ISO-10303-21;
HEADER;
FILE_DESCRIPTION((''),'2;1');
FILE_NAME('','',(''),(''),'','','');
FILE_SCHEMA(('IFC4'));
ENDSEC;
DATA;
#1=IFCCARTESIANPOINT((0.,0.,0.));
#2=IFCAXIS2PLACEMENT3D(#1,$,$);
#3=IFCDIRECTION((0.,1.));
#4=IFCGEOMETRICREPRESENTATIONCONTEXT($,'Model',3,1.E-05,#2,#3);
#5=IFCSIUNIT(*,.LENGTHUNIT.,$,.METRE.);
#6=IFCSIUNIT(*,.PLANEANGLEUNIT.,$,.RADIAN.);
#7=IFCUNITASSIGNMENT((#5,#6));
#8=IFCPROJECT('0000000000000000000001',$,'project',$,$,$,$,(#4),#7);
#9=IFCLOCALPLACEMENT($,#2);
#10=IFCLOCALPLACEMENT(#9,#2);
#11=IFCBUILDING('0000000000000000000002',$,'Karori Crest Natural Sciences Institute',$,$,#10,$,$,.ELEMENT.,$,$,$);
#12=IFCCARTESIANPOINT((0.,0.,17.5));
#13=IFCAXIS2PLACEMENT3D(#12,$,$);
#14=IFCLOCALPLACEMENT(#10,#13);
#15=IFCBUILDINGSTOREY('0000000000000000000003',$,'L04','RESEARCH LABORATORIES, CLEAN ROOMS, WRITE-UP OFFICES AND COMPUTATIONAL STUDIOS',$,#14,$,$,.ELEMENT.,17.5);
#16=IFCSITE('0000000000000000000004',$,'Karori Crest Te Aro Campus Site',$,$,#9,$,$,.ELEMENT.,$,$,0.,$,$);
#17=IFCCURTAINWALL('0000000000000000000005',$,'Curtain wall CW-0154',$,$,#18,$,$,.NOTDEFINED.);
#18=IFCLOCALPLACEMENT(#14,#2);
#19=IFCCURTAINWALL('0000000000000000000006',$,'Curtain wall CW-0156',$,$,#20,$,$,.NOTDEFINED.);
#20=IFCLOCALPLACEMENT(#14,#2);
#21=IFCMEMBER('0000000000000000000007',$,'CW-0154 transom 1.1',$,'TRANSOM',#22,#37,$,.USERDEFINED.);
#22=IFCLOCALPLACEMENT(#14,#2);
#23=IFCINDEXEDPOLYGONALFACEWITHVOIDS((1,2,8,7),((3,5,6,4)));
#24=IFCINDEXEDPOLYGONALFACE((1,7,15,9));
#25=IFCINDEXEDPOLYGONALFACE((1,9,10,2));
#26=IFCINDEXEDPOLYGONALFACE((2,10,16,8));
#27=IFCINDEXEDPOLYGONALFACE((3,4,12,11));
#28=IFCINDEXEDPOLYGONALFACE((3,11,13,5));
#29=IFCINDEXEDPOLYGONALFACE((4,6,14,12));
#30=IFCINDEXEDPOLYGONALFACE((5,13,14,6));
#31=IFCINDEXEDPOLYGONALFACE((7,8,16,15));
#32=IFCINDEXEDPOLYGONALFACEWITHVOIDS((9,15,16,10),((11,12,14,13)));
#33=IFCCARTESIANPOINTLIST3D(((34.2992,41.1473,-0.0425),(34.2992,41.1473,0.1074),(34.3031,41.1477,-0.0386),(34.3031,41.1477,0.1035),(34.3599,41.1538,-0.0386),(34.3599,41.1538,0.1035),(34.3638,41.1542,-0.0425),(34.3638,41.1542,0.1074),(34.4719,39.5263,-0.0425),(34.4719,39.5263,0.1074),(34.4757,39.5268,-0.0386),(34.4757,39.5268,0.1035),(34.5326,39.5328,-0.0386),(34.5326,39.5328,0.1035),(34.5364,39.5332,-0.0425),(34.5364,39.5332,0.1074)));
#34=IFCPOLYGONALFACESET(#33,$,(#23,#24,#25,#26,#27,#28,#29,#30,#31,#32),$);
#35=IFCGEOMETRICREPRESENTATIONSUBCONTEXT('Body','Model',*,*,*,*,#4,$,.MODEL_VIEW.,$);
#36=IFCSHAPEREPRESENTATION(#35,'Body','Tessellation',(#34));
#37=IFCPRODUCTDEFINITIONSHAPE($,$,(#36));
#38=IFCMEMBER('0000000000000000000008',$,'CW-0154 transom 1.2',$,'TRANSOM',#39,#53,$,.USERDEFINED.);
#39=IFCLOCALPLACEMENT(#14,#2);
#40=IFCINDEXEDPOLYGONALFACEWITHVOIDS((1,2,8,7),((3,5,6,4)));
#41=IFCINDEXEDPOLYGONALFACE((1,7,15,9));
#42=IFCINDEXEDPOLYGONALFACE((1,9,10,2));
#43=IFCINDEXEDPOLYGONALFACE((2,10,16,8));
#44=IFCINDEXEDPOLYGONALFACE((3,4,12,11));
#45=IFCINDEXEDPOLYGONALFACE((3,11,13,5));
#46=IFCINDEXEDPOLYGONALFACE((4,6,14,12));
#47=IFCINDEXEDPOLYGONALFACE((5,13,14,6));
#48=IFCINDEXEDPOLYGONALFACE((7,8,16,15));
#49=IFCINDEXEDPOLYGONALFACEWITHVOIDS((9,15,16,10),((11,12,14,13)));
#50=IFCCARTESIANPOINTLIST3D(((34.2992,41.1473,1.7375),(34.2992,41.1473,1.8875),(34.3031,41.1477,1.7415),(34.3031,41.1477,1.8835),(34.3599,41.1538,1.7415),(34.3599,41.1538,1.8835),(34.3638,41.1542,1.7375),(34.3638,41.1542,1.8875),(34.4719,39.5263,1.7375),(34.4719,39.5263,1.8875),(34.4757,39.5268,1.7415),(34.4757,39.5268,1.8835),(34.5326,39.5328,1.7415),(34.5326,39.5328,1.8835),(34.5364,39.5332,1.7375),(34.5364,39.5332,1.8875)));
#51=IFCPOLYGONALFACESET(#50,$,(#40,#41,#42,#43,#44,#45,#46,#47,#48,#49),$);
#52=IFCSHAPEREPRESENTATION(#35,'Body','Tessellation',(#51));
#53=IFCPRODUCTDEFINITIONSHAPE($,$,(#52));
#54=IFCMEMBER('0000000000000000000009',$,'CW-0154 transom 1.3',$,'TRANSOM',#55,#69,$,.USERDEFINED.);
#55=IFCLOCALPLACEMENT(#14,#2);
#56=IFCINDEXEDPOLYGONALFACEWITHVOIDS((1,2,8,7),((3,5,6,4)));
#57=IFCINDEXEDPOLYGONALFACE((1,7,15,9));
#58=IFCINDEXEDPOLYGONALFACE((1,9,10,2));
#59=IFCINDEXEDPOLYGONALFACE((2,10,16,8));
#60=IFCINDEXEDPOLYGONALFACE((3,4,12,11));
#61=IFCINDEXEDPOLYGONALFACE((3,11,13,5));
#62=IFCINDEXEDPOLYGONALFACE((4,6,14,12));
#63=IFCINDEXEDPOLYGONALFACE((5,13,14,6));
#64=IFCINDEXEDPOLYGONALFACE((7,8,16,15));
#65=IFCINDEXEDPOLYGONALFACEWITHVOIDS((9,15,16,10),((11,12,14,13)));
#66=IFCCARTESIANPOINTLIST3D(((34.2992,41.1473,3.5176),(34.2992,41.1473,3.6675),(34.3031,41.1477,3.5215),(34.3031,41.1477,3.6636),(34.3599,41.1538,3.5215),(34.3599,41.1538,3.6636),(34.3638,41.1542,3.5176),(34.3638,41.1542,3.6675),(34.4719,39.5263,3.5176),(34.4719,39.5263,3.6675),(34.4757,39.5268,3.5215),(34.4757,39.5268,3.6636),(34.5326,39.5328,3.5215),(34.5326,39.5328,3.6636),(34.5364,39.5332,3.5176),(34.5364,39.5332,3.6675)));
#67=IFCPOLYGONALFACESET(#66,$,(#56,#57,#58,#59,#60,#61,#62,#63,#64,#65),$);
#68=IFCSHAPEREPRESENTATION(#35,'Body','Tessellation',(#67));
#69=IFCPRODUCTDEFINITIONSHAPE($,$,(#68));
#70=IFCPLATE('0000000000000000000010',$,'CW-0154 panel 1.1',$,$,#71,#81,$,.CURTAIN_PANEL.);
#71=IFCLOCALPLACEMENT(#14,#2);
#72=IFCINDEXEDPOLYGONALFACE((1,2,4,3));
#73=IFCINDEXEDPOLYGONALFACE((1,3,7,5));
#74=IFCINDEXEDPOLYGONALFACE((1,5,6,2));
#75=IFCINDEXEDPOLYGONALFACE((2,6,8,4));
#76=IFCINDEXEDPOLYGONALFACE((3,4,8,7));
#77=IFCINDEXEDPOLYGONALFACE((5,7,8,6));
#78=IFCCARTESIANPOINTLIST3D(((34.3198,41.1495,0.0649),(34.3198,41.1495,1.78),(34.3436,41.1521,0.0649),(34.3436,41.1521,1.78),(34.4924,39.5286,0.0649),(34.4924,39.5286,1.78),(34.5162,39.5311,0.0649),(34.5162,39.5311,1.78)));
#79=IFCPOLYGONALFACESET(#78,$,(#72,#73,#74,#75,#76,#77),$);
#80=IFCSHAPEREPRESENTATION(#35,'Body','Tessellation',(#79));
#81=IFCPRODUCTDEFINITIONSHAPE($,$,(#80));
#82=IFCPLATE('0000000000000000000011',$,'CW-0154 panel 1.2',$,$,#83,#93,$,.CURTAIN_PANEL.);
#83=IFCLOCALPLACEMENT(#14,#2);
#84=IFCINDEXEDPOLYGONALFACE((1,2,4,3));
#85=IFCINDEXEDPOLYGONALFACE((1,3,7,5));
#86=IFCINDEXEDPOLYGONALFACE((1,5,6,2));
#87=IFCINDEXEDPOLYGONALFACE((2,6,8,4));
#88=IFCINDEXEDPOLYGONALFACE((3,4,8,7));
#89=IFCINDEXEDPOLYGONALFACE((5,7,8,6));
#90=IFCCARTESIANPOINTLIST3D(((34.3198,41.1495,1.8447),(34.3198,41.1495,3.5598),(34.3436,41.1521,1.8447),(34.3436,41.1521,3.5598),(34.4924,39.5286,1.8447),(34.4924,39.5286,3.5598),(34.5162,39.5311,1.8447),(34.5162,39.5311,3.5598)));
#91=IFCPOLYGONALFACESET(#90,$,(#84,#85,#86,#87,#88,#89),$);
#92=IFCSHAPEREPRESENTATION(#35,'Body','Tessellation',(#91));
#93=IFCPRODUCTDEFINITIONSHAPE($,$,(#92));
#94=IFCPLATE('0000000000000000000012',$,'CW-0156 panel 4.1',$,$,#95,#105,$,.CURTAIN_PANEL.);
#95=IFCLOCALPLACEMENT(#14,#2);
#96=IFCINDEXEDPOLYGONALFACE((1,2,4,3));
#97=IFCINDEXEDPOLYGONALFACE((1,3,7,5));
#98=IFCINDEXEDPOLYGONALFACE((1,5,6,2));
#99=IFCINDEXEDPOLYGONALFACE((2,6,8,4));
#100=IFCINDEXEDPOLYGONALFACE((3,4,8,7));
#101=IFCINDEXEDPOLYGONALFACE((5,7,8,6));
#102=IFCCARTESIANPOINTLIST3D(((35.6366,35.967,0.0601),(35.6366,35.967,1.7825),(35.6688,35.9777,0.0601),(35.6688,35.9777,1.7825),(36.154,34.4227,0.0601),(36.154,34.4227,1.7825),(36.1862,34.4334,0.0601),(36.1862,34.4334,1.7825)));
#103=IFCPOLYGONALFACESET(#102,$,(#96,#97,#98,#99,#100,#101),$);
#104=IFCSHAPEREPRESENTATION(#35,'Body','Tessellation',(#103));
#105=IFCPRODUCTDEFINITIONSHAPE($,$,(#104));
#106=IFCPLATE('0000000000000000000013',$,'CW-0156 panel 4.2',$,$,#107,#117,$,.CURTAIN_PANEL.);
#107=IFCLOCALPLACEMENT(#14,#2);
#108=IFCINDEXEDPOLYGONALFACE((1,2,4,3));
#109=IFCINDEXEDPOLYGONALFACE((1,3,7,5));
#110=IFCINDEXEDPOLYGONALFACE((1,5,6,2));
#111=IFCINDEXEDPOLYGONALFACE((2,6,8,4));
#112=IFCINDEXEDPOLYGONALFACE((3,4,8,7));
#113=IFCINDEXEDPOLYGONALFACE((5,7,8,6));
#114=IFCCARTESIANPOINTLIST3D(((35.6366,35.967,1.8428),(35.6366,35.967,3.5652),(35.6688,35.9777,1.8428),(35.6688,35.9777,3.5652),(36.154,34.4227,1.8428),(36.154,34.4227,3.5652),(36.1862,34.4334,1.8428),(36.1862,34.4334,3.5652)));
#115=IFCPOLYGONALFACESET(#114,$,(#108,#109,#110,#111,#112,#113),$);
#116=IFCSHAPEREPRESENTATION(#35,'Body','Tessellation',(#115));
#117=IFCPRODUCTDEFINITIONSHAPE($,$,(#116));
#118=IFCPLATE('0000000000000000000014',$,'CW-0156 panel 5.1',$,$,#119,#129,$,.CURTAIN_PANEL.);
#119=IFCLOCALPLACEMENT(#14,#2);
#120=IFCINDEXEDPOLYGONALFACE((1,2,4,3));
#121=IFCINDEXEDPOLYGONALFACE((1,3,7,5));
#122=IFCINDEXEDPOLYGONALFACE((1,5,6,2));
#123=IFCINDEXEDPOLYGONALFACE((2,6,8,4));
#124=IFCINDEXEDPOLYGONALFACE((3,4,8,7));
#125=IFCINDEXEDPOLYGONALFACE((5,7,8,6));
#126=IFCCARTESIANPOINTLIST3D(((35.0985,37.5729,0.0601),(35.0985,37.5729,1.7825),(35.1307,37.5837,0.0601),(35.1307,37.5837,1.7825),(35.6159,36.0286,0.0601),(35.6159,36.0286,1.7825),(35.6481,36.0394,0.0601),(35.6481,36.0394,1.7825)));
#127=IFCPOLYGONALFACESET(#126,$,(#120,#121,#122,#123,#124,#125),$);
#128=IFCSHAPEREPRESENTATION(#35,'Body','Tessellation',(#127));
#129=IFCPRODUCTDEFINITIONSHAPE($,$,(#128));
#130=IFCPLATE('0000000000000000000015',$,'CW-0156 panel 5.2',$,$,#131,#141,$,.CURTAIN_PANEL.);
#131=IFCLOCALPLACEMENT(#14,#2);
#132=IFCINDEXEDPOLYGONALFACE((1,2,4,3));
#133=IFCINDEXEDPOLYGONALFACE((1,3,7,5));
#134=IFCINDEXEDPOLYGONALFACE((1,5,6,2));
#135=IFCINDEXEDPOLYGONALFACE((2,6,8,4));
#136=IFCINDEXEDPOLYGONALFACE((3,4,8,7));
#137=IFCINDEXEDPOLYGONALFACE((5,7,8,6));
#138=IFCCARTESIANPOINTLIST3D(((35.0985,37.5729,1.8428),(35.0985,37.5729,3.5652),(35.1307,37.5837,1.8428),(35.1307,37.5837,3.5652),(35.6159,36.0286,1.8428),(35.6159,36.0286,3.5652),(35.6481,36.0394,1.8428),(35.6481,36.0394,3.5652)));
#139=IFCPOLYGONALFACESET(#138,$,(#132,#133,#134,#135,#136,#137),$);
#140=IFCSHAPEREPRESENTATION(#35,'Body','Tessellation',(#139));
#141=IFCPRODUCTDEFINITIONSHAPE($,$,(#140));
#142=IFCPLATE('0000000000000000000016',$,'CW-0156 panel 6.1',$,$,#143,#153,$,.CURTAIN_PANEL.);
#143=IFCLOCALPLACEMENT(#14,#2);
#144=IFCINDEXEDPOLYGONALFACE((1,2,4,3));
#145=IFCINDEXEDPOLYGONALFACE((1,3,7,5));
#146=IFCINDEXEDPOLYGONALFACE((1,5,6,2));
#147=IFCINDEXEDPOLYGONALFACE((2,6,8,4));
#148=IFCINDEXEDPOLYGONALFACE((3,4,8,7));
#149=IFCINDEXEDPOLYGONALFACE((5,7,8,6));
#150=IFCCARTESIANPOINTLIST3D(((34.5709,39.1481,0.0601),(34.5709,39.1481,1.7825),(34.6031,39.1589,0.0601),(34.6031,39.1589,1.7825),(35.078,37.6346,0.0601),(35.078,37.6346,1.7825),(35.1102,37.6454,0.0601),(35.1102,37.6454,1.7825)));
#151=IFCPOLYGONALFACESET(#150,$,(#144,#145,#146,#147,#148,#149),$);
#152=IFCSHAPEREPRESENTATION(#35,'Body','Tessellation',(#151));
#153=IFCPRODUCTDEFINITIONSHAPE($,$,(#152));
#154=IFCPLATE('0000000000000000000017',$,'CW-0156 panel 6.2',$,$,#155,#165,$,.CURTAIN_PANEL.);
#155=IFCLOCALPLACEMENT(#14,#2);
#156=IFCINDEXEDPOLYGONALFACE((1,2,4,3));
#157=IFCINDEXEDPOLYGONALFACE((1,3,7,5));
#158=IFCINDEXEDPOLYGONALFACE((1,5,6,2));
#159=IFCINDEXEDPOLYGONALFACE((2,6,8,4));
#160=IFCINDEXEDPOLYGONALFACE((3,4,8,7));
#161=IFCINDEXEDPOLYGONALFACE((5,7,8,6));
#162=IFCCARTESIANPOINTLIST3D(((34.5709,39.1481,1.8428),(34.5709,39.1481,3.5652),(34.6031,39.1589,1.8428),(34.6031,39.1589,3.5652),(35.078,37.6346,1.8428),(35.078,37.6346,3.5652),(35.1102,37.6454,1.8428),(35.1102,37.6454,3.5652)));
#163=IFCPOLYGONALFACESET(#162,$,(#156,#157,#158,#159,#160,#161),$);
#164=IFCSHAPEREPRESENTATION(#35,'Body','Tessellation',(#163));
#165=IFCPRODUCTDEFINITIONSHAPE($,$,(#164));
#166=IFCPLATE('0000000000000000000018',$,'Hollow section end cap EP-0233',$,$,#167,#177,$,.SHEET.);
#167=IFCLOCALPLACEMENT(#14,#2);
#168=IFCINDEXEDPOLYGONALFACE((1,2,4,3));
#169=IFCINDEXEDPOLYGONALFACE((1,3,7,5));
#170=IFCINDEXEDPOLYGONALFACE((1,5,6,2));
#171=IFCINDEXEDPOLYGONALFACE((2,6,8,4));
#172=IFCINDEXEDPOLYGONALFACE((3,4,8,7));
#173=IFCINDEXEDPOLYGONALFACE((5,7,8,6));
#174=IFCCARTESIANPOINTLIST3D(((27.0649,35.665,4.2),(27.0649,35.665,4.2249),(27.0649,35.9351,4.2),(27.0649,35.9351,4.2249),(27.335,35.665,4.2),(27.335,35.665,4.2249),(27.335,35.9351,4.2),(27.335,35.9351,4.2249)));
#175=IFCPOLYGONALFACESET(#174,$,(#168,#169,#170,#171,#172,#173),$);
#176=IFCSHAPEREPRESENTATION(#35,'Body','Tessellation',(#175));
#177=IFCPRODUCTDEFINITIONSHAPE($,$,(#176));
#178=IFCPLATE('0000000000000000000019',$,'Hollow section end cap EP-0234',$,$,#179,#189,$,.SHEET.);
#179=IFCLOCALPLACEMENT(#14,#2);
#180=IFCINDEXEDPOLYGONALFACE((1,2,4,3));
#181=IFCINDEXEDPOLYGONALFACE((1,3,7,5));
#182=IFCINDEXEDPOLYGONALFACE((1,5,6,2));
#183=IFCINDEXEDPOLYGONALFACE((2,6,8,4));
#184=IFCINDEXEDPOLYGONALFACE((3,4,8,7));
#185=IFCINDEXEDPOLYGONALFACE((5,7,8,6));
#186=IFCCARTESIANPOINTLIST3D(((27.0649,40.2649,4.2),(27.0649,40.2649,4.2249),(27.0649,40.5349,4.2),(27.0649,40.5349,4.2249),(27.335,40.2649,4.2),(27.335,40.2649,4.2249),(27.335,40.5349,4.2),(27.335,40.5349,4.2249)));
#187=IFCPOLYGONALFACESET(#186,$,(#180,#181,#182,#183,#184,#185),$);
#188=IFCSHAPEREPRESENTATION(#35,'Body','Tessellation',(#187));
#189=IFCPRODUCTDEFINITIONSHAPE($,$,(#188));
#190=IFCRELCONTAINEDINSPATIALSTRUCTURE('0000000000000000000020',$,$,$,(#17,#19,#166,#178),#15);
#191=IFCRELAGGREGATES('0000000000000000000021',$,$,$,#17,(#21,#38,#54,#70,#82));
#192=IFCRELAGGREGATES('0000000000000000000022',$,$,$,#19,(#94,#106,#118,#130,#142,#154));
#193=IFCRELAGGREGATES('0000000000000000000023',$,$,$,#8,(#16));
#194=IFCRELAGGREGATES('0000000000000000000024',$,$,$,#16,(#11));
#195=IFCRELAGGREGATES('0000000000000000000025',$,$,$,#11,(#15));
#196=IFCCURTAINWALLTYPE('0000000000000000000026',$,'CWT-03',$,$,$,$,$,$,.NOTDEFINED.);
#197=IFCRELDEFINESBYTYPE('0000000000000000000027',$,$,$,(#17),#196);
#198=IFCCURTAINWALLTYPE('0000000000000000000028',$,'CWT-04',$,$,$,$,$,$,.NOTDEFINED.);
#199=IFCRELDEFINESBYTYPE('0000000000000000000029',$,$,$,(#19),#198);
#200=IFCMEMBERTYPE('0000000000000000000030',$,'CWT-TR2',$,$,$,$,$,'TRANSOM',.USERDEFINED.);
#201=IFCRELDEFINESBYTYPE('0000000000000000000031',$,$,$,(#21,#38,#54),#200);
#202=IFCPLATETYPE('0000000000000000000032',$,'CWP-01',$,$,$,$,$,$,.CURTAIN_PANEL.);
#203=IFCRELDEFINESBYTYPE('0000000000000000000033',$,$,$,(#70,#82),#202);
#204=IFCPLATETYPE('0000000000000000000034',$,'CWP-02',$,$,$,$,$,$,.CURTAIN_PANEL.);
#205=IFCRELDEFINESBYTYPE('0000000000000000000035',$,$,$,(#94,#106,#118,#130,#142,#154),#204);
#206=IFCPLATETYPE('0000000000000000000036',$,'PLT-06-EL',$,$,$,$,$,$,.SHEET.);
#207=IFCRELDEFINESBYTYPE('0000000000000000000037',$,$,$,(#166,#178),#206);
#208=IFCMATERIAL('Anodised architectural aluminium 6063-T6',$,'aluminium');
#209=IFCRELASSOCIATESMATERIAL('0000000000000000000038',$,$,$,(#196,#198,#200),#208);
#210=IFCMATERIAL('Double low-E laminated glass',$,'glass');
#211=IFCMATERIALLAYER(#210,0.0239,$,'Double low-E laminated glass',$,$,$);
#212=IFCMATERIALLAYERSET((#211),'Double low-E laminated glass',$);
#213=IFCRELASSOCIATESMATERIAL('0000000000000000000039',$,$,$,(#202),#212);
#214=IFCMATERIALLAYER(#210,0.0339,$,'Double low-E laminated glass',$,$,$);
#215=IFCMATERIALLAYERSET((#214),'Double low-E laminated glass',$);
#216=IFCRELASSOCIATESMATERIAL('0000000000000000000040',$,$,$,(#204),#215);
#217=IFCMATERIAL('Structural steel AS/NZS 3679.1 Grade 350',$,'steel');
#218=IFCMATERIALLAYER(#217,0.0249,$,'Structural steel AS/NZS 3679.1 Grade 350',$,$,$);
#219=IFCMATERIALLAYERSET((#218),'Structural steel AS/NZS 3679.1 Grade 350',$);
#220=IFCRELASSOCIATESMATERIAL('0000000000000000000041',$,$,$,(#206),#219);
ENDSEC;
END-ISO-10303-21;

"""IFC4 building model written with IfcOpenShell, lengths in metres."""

from ifc_helpers import new_model, si_unit, direction, frame, origin, origin_2d, place, context, subcontext, project, spatial, rectangle, hollow_rectangle, extrude, material, layer, layer_set, material_profile, profile_set, type_object, element, aggregate, save


model = new_model("IFC4")

# Units and contexts
model_context = context("Model", 3, precision=1e-05, world=origin(), true_north=direction((0.0, 1.0)))
body_context = subcontext(model_context, "Body", "Model", "MODEL_VIEW")
ifc_project = project(units=[si_unit("LENGTHUNIT", "METRE"), si_unit("PLANEANGLEUNIT", "RADIAN")], contexts=[model_context])

# Site, building, storey
site_placement = place(None, origin())
site = spatial("IfcSite", under=ifc_project, at=site_placement, Name="Karori Crest Te Aro Campus Site", CompositionType="ELEMENT", RefElevation=0.0)
building_placement = place(site_placement, origin())
building = spatial("IfcBuilding", under=site, at=building_placement, Name="Karori Crest Natural Sciences Institute", CompositionType="ELEMENT")
storey_placement = place(building_placement, frame((0.0, 0.0, 17.5)))
storey = spatial("IfcBuildingStorey", under=building, at=storey_placement, Name="L04", Description="RESEARCH LABORATORIES, CLEAN ROOMS, WRITE-UP OFFICES AND COMPUTATIONAL STUDIOS", CompositionType="ELEMENT", Elevation=17.5)

# Shared definitions
ifc_material_1 = material(Name="Structural steel AS/NZS 3679.1 Grade 350", Category="steel")

# Curtain wall
ifc_material_2 = material(Name="Anodised architectural aluminium 6063-T6", Category="aluminium")
curtain_wall_type_1 = type_object("IfcCurtainWallType", Name="CWT-03", PredefinedType="NOTDEFINED", material=ifc_material_2)
curtain_wall_1_placement = place(storey_placement, origin())
curtain_wall_1 = element("IfcCurtainWall", 1, at=curtain_wall_1_placement, inside=storey, type_object=curtain_wall_type_1, Name="Curtain wall CW-0154", PredefinedType="NOTDEFINED")

# Curtain wall
curtain_wall_type_2 = type_object("IfcCurtainWallType", Name="CWT-04", PredefinedType="NOTDEFINED", material=ifc_material_2)
curtain_wall_2_placement = place(storey_placement, origin())
curtain_wall_2 = element("IfcCurtainWall", 2, at=curtain_wall_2_placement, inside=storey, type_object=curtain_wall_type_2, Name="Curtain wall CW-0156", PredefinedType="NOTDEFINED")

# Members
ifc_material_profile_1 = material_profile(ifc_material_2, hollow_rectangle(XDim=0.0649, YDim=0.1499, WallThickness=0.0039, at=origin_2d()), Name="CWT150x65x4")
ifc_profile_set_1 = profile_set([ifc_material_profile_1], Name="Anodised architectural aluminium 6063-T6")
member_type_1 = type_object("IfcMemberType", Name="CWT-TR2", ElementType="TRANSOM", PredefinedType="USERDEFINED", material=ifc_profile_set_1)
member_1_placement = place(storey_placement, frame((34.5042, 39.5298, 0.0325), z_axis=(-0.105893, 0.994378, 0.0), x_axis=(-0.994378, -0.105893, 0.0)))
member_1 = element("IfcMember", 3, at=member_1_placement, type_object=member_type_1, Name="CW-0154 transom 1.1", ObjectType="TRANSOM", PredefinedType="USERDEFINED", context=body_context, shape_type="SweptSolid", body=[
    extrude(hollow_rectangle(XDim=0.0649, YDim=0.1499, WallThickness=0.0039, at=origin_2d()), origin(), (0.0, 0.0, 1.0), 1.6301),
])
member_2_placement = place(storey_placement, frame((34.5042, 39.5298, 1.8125), z_axis=(-0.105893, 0.994378, 0.0), x_axis=(-0.994378, -0.105893, 0.0)))
member_2 = element("IfcMember", 4, at=member_2_placement, type_object=member_type_1, Name="CW-0154 transom 1.2", ObjectType="TRANSOM", PredefinedType="USERDEFINED", context=body_context, shape_type="SweptSolid", body=[
    extrude(hollow_rectangle(XDim=0.0649, YDim=0.1499, WallThickness=0.0039, at=origin_2d()), origin(), (0.0, 0.0, 1.0), 1.6301),
])
member_3_placement = place(storey_placement, frame((34.5042, 39.5298, 3.5925), z_axis=(-0.105893, 0.994378, 0.0), x_axis=(-0.994378, -0.105893, 0.0)))
member_3 = element("IfcMember", 5, at=member_3_placement, type_object=member_type_1, Name="CW-0154 transom 1.3", ObjectType="TRANSOM", PredefinedType="USERDEFINED", context=body_context, shape_type="SweptSolid", body=[
    extrude(hollow_rectangle(XDim=0.0649, YDim=0.1499, WallThickness=0.0039, at=origin_2d()), origin(), (0.0, 0.0, 1.0), 1.6301),
])

# Plates
ifc_material_3 = material(Name="Double low-E laminated glass", Category="glass")
ifc_layer_1 = layer(ifc_material_3, 0.0239, Name="Double low-E laminated glass")
ifc_layer_set_1 = layer_set([ifc_layer_1], Name="Double low-E laminated glass")
plate_type_1 = type_object("IfcPlateType", Name="CWP-01", PredefinedType="CURTAIN_PANEL", material=ifc_layer_set_1)
plate_1_placement = place(storey_placement, frame((34.418, 40.3403, 0.0649), z_axis=(0.0, 0.0, 1.0), x_axis=(-0.105884, 0.994378, 0.0)))
plate_1 = element("IfcPlate", 6, at=plate_1_placement, type_object=plate_type_1, Name="CW-0154 panel 1.1", PredefinedType="CURTAIN_PANEL", context=body_context, shape_type="SweptSolid", body=[
    extrude(rectangle(XDim=1.6301, YDim=0.0239, at=origin_2d()), origin(), (0.0, 0.0, 1.0), 1.7151),
])
plate_2_placement = place(storey_placement, frame((34.418, 40.3403, 1.8447), z_axis=(0.0, 0.0, 1.0), x_axis=(-0.105884, 0.994378, 0.0)))
plate_2 = element("IfcPlate", 7, at=plate_2_placement, type_object=plate_type_1, Name="CW-0154 panel 1.2", PredefinedType="CURTAIN_PANEL", context=body_context, shape_type="SweptSolid", body=[
    extrude(rectangle(XDim=1.6301, YDim=0.0239, at=origin_2d()), origin(), (0.0, 0.0, 1.0), 1.7151),
])
aggregate(curtain_wall_1, [member_1, member_2, member_3, plate_1, plate_2])
ifc_layer_2 = layer(ifc_material_3, 0.0339, Name="Double low-E laminated glass")
ifc_layer_set_2 = layer_set([ifc_layer_2], Name="Double low-E laminated glass")
plate_type_2 = type_object("IfcPlateType", Name="CWP-02", PredefinedType="CURTAIN_PANEL", material=ifc_layer_set_2)
plate_3_placement = place(storey_placement, frame((35.9114, 35.2002, 0.0601), z_axis=(0.0, 0.0, 1.0), x_axis=(-0.31768, 0.948198, 0.0)))
plate_3 = element("IfcPlate", 8, at=plate_3_placement, type_object=plate_type_2, Name="CW-0156 panel 4.1", PredefinedType="CURTAIN_PANEL", context=body_context, shape_type="SweptSolid", body=[
    extrude(rectangle(XDim=1.6287, YDim=0.0339, at=origin_2d()), origin(), (0.0, 0.0, 1.0), 1.7224),
])
plate_4_placement = place(storey_placement, frame((35.9114, 35.2002, 1.8428), z_axis=(0.0, 0.0, 1.0), x_axis=(-0.31768, 0.948198, 0.0)))
plate_4 = element("IfcPlate", 9, at=plate_4_placement, type_object=plate_type_2, Name="CW-0156 panel 4.2", PredefinedType="CURTAIN_PANEL", context=body_context, shape_type="SweptSolid", body=[
    extrude(rectangle(XDim=1.6287, YDim=0.0339, at=origin_2d()), origin(), (0.0, 0.0, 1.0), 1.7224),
])
plate_5_placement = place(storey_placement, frame((35.3733, 36.8062, 0.0601), z_axis=(0.0, 0.0, 1.0), x_axis=(-0.31768, 0.948198, 0.0)))
plate_5 = element("IfcPlate", 10, at=plate_5_placement, type_object=plate_type_2, Name="CW-0156 panel 5.1", PredefinedType="CURTAIN_PANEL", context=body_context, shape_type="SweptSolid", body=[
    extrude(rectangle(XDim=1.6287, YDim=0.0339, at=origin_2d()), origin(), (0.0, 0.0, 1.0), 1.7224),
])
plate_6_placement = place(storey_placement, frame((35.3733, 36.8062, 1.8428), z_axis=(0.0, 0.0, 1.0), x_axis=(-0.31768, 0.948198, 0.0)))
plate_6 = element("IfcPlate", 11, at=plate_6_placement, type_object=plate_type_2, Name="CW-0156 panel 5.2", PredefinedType="CURTAIN_PANEL", context=body_context, shape_type="SweptSolid", body=[
    extrude(rectangle(XDim=1.6287, YDim=0.0339, at=origin_2d()), origin(), (0.0, 0.0, 1.0), 1.7224),
])
plate_7_placement = place(storey_placement, frame((34.8406, 38.3967, 0.0601), z_axis=(0.0, 0.0, 1.0), x_axis=(-0.31768, 0.948198, 0.0)))
plate_7 = element("IfcPlate", 12, at=plate_7_placement, type_object=plate_type_2, Name="CW-0156 panel 6.1", PredefinedType="CURTAIN_PANEL", context=body_context, shape_type="SweptSolid", body=[
    extrude(rectangle(XDim=1.5962, YDim=0.0339, at=origin_2d()), origin(), (0.0, 0.0, 1.0), 1.7224),
])
plate_8_placement = place(storey_placement, frame((34.8406, 38.3967, 1.8428), z_axis=(0.0, 0.0, 1.0), x_axis=(-0.31768, 0.948198, 0.0)))
plate_8 = element("IfcPlate", 13, at=plate_8_placement, type_object=plate_type_2, Name="CW-0156 panel 6.2", PredefinedType="CURTAIN_PANEL", context=body_context, shape_type="SweptSolid", body=[
    extrude(rectangle(XDim=1.5962, YDim=0.0339, at=origin_2d()), origin(), (0.0, 0.0, 1.0), 1.7224),
])
aggregate(curtain_wall_2, [plate_3, plate_4, plate_5, plate_6, plate_7, plate_8])

# Plates
ifc_layer_3 = layer(ifc_material_1, 0.0249, Name="Structural steel AS/NZS 3679.1 Grade 350")
ifc_layer_set_3 = layer_set([ifc_layer_3], Name="Structural steel AS/NZS 3679.1 Grade 350")
plate_type_3 = type_object("IfcPlateType", Name="PLT-06-EL", PredefinedType="SHEET", material=ifc_layer_set_3)
for number, where, z_axis, x_axis, name in (
    (14, (27.2, 35.8, 4.2), (0.0, 0.0, 1.0), (1.0, 0.0, 0.0), "Hollow section end cap EP-0233"),
    (15, (27.2, 40.3999, 4.2), (0.0, 0.0, 1.0), (1.0, 0.0, 0.0), "Hollow section end cap EP-0234"),
):
    element("IfcPlate", number, at=place(storey_placement, frame(where, z_axis=z_axis, x_axis=x_axis)), inside=storey, type_object=plate_type_3, Name=name, PredefinedType="SHEET", context=body_context, shape_type="SweptSolid", body=[
        extrude(rectangle(XDim=0.27, YDim=0.27, at=origin_2d()), origin(), (0.0, 0.0, 1.0), 0.0249),
    ])

save(model, "model.ifc")
